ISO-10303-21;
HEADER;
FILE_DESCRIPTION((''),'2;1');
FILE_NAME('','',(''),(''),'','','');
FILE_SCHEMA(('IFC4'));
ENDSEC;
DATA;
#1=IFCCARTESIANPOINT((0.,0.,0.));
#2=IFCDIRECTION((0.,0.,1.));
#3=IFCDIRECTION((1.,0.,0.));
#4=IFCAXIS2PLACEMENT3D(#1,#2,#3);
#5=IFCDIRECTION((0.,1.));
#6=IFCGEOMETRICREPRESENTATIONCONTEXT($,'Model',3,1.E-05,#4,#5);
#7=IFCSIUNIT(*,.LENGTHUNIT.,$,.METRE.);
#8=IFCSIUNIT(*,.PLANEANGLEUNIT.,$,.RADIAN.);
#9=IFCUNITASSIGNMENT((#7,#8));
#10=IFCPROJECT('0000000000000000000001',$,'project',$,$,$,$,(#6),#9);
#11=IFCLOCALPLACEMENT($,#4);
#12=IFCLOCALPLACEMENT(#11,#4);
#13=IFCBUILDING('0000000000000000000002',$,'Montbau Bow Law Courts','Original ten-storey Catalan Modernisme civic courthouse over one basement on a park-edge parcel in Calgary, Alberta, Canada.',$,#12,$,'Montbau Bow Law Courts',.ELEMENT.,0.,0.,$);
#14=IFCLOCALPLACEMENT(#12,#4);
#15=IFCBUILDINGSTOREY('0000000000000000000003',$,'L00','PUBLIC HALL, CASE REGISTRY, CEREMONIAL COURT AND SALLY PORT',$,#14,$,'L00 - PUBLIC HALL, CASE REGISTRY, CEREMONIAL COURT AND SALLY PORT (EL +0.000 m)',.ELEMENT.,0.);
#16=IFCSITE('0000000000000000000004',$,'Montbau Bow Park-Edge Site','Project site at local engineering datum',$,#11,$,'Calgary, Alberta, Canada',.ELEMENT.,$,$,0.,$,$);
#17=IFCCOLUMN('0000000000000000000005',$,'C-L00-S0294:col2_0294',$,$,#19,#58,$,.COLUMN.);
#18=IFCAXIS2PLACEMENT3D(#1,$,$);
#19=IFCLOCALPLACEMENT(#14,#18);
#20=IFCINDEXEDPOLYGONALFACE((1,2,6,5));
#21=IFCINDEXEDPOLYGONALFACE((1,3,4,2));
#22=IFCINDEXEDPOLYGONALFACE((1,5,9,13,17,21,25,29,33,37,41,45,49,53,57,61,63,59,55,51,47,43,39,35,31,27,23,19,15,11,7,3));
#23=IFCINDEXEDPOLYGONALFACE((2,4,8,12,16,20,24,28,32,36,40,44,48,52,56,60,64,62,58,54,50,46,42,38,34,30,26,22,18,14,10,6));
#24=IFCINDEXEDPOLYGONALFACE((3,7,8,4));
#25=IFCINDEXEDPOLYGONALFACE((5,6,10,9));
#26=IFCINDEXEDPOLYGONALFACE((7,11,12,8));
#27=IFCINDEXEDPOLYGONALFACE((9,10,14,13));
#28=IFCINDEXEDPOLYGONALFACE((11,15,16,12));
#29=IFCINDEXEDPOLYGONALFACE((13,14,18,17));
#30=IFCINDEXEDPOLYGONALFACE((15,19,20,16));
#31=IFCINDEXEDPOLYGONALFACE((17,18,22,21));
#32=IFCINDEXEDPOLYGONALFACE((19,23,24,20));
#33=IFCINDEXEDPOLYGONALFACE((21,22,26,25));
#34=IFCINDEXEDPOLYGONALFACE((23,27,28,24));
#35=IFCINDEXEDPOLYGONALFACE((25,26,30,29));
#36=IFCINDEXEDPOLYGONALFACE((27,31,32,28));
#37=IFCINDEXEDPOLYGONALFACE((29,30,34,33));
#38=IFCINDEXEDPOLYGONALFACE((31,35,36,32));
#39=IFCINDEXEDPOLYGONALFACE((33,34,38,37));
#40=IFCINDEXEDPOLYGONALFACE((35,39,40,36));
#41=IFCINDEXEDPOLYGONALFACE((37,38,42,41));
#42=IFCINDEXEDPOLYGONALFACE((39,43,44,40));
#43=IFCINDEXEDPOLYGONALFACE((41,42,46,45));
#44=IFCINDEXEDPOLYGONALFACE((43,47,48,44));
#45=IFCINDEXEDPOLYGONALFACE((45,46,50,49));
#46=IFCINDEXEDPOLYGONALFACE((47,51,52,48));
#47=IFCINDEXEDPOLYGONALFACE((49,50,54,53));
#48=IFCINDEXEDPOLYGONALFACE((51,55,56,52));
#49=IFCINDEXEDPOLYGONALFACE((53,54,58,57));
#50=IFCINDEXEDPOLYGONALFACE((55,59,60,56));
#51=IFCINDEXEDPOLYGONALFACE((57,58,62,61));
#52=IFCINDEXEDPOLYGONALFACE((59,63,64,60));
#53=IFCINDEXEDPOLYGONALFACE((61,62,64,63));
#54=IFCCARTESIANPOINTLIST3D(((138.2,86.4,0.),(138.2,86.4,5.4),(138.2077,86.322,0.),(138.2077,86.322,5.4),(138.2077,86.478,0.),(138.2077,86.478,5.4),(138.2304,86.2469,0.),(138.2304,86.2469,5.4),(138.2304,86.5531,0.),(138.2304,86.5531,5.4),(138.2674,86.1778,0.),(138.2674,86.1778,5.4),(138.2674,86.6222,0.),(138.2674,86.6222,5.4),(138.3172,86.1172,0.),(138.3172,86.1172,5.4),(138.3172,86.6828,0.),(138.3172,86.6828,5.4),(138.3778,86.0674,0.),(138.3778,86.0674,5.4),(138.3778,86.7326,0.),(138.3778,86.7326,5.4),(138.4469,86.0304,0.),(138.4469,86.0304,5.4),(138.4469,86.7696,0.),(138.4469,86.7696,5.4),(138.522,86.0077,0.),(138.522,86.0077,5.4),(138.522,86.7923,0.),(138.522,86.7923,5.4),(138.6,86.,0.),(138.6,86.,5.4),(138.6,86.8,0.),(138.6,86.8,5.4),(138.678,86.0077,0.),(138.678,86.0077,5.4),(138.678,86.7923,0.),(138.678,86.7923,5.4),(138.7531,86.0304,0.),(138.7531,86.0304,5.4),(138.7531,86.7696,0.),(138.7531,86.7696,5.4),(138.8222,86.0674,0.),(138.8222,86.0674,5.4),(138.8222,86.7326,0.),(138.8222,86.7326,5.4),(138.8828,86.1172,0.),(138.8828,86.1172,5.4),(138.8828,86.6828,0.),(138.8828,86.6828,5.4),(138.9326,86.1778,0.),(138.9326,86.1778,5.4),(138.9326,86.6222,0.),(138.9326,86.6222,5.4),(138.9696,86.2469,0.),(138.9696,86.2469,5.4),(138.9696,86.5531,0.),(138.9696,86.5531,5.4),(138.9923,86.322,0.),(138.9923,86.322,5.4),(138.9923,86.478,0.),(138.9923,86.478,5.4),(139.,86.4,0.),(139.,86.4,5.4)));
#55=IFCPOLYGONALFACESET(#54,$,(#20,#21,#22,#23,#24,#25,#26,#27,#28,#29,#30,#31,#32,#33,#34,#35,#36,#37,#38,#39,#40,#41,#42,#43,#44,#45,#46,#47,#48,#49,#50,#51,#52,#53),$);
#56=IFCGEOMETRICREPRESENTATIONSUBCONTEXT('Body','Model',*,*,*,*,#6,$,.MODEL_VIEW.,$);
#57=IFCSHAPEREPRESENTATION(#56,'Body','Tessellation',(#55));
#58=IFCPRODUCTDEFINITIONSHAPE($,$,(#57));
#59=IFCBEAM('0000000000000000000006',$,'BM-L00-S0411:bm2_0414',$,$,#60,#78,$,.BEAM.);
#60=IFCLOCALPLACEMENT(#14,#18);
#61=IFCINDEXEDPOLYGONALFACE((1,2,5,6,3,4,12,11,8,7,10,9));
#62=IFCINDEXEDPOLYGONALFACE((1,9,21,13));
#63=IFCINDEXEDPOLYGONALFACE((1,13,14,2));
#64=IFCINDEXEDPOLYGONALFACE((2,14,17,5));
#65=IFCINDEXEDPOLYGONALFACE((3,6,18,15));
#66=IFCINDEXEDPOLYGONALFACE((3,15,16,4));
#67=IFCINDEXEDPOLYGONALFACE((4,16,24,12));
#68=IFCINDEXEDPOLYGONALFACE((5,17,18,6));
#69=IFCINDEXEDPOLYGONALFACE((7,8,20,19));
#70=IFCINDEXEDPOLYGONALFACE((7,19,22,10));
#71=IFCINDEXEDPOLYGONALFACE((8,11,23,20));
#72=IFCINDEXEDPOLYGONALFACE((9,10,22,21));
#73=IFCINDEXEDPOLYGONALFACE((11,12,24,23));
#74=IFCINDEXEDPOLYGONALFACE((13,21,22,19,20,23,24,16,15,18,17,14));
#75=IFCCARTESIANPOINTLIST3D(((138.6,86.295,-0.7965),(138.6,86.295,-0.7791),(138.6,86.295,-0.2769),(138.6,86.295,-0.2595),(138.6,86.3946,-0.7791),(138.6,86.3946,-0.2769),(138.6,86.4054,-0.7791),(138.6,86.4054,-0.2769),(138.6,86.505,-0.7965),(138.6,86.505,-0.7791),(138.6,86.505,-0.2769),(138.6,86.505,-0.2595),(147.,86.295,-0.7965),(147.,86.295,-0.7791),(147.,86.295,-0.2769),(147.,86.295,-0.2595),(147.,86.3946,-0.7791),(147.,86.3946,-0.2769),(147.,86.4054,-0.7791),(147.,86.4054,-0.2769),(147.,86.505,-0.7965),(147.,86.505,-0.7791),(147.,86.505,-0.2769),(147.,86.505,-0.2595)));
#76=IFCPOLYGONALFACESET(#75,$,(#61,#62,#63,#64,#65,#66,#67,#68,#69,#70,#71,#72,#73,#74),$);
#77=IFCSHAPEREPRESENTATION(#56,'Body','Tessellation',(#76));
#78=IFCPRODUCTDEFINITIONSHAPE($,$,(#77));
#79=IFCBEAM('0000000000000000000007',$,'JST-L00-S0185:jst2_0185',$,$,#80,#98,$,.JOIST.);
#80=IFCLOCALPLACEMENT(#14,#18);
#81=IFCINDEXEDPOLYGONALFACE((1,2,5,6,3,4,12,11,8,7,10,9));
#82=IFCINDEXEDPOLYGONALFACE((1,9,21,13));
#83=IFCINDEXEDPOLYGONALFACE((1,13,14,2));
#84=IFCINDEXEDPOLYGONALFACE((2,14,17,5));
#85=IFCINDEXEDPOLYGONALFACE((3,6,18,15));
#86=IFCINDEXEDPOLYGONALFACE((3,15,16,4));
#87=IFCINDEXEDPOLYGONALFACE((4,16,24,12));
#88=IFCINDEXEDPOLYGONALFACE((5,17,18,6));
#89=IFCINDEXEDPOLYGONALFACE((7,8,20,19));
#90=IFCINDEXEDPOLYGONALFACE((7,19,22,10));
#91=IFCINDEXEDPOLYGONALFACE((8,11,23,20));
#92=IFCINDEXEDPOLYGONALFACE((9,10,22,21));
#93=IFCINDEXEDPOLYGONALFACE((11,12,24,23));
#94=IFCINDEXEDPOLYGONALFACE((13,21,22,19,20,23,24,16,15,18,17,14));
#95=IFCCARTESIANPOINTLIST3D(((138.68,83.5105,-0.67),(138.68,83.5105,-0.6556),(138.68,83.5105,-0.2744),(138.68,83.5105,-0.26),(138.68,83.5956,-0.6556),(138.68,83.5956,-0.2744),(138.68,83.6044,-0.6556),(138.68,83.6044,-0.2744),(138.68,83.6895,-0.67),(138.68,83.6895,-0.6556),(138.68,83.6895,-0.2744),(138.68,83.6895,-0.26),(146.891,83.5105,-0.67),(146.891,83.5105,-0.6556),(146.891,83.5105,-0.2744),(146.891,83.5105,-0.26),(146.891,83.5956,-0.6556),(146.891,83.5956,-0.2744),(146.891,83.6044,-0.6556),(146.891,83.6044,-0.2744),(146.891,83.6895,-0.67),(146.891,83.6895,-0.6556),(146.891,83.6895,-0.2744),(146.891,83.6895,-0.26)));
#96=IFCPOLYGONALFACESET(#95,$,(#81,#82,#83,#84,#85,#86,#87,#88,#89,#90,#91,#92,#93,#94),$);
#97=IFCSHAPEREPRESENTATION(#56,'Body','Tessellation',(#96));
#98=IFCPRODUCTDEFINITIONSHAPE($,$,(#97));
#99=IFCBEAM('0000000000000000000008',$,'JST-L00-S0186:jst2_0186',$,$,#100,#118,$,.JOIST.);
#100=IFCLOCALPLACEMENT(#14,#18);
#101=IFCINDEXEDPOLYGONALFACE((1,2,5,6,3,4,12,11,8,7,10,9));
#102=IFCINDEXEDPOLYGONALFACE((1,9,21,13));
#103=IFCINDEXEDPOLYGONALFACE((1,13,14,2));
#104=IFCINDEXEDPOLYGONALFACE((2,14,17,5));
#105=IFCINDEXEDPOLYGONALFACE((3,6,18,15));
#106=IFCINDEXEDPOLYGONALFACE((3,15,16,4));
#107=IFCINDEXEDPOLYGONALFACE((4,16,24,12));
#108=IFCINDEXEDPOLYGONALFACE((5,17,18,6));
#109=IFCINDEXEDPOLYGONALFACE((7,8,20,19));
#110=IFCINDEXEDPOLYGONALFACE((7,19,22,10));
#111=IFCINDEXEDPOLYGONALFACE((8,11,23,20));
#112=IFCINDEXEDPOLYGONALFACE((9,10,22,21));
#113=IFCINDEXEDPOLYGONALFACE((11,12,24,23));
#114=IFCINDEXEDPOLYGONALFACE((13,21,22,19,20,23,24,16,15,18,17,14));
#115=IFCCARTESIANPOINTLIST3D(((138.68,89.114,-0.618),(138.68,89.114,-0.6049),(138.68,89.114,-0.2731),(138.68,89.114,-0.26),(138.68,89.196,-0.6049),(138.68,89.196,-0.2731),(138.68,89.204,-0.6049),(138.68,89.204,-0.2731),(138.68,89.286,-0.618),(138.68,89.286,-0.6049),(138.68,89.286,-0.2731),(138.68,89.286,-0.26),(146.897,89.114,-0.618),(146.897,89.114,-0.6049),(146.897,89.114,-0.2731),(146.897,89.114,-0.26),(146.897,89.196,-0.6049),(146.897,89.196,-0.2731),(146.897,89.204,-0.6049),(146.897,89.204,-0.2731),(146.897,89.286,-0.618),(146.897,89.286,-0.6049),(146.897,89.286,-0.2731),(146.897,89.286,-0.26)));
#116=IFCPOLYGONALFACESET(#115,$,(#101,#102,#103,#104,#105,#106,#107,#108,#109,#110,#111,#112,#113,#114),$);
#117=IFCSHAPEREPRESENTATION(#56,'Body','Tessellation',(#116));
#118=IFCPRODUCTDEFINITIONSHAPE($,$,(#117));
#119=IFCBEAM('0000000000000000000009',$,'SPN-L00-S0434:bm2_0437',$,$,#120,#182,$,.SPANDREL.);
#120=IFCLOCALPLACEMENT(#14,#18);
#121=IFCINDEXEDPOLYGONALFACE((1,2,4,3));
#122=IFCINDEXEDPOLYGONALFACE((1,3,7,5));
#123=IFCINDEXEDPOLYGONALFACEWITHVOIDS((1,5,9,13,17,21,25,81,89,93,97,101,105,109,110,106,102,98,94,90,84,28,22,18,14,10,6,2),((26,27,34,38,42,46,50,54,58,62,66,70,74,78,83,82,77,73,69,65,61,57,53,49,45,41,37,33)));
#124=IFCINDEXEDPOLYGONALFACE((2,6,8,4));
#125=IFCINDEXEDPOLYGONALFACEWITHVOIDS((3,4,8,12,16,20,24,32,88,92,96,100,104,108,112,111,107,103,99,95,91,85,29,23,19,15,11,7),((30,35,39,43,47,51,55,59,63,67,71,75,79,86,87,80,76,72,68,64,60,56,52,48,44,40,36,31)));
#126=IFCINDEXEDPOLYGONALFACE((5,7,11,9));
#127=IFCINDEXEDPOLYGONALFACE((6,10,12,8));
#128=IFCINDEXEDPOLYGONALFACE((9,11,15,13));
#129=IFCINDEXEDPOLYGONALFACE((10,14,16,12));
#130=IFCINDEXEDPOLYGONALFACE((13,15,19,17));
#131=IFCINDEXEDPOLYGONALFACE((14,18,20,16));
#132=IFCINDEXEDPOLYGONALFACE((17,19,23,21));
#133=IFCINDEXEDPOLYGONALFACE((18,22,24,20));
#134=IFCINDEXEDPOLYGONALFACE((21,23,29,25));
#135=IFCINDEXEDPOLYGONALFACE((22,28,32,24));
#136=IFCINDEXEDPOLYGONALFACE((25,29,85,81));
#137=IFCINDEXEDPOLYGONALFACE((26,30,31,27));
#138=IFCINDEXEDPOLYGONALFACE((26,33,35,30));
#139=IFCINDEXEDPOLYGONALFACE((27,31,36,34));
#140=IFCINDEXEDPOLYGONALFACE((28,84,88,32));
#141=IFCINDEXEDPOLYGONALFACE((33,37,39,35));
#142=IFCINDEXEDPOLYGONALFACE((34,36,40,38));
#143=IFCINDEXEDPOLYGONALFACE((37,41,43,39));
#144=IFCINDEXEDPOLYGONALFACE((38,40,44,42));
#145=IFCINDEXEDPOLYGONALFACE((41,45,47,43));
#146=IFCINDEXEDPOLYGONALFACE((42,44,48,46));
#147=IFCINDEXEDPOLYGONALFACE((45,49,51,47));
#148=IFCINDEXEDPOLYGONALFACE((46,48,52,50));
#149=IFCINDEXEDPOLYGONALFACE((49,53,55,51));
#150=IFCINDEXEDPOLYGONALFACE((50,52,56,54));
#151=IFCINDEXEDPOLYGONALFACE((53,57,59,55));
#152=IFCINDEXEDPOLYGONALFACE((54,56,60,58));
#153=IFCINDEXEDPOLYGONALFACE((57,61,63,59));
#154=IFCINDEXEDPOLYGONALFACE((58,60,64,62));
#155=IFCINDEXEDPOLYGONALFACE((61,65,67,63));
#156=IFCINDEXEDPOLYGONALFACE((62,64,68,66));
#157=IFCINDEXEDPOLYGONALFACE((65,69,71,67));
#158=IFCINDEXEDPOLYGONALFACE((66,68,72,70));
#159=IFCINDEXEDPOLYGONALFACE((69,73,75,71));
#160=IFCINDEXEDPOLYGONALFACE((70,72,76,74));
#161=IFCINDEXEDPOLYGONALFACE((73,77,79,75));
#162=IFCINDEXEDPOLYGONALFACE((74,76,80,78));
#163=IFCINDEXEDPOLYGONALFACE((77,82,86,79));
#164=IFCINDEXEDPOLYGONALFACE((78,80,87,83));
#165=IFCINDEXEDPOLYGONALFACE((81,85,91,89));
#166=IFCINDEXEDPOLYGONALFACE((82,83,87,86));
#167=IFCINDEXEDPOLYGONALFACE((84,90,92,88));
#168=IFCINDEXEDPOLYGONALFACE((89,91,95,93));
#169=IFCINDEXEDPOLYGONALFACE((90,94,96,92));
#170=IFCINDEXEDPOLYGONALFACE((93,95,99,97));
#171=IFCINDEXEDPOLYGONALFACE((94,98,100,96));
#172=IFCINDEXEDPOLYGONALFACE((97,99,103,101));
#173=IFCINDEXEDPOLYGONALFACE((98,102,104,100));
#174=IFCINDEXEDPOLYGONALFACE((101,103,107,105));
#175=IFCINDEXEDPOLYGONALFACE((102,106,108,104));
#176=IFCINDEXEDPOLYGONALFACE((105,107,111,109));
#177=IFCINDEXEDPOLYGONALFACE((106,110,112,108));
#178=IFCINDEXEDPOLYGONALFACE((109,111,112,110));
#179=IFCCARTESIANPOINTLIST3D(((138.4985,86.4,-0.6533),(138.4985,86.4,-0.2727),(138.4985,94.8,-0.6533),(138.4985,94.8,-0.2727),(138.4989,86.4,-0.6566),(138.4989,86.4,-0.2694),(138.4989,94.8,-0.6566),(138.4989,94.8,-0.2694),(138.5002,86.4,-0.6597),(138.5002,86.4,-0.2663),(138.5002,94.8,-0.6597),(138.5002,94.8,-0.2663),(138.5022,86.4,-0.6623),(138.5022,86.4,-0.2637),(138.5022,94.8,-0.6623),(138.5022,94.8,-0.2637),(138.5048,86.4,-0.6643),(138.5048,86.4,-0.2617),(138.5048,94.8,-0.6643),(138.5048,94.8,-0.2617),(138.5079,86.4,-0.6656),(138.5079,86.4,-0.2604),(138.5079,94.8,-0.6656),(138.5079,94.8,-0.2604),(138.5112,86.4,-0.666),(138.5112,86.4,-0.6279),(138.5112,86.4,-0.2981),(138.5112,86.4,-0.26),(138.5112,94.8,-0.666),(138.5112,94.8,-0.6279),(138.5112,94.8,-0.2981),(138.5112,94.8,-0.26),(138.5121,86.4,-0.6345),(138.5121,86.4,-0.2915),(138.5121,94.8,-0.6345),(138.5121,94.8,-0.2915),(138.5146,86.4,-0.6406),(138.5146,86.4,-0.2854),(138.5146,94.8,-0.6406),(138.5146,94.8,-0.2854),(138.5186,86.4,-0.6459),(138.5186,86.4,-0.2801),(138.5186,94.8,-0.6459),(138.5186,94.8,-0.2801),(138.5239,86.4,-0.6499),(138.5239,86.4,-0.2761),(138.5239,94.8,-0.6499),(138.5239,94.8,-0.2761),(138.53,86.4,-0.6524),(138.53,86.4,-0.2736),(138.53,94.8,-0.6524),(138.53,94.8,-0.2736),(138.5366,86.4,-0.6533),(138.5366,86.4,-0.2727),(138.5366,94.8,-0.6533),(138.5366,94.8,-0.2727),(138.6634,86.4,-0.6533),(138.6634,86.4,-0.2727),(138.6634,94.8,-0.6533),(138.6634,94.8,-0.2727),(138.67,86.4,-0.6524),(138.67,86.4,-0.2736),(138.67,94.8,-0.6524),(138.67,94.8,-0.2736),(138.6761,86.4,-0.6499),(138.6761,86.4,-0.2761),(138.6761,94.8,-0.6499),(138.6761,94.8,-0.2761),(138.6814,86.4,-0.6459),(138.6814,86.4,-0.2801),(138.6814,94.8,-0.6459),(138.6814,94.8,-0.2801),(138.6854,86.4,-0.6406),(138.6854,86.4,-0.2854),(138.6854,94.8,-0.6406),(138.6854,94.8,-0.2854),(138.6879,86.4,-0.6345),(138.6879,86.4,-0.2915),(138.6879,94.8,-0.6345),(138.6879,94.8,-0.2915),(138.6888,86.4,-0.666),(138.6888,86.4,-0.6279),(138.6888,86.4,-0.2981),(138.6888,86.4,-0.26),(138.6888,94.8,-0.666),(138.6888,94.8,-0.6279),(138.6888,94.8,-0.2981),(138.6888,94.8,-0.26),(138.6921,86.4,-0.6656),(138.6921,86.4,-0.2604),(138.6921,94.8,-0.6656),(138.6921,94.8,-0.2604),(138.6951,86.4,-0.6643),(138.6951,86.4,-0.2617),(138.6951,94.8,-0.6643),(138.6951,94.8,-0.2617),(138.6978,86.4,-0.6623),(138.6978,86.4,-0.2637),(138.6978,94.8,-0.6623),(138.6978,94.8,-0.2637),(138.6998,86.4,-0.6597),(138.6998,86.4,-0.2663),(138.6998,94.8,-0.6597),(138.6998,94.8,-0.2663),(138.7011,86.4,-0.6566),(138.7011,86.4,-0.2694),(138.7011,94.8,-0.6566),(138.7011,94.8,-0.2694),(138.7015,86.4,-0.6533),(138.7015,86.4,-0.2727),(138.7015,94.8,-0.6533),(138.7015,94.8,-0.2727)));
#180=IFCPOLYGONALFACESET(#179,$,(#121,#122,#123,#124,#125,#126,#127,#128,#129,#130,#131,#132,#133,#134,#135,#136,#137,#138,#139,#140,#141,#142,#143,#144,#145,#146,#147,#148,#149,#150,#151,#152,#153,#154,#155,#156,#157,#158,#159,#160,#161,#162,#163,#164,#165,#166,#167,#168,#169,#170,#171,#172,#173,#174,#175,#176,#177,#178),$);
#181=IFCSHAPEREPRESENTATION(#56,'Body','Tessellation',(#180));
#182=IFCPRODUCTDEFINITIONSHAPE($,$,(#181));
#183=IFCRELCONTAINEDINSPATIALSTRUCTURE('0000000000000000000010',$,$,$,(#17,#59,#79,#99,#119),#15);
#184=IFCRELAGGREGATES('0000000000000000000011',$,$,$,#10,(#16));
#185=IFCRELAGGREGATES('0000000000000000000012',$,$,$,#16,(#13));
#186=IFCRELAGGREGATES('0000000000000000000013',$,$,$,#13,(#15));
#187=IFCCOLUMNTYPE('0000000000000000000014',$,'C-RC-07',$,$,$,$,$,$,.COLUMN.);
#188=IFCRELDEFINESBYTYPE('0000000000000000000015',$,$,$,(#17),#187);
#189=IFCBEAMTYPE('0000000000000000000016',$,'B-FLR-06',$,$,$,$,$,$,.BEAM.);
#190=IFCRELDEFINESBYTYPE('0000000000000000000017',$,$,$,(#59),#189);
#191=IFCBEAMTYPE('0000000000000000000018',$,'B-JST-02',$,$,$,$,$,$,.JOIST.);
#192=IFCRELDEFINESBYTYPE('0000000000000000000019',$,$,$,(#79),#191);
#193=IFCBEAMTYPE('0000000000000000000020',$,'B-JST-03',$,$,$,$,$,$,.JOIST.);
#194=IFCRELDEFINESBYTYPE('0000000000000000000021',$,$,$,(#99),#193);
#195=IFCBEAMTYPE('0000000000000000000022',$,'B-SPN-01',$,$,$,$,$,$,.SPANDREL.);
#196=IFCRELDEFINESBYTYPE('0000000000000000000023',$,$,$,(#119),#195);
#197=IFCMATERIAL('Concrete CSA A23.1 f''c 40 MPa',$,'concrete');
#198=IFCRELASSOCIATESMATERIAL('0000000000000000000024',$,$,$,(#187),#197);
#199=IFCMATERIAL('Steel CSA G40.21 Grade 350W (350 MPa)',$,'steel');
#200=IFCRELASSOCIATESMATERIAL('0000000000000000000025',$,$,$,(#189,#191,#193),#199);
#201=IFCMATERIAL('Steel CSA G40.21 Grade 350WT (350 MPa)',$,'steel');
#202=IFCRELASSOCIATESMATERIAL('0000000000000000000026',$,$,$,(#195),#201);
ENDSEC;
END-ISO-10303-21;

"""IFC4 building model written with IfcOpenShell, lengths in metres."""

from ifc_helpers import new_model, si_unit, direction, frame, origin_with_axes, origin_2d_with_axis, place, context, subcontext, project, spatial, hollow_rectangle, circle, i_section, extrude, material, material_profile, profile_set, type_object, element, save


model = new_model("IFC4")

# Units and contexts
model_context = context("Model", 3, precision=1e-05, world=origin_with_axes(), true_north=direction((0.0, 1.0)))
body_context = subcontext(model_context, "Body", "Model", "MODEL_VIEW")
ifc_project = project(units=[si_unit("LENGTHUNIT", "METRE"), si_unit("PLANEANGLEUNIT", "RADIAN")], contexts=[model_context])

# Site, building, storey
site_placement = place(None, origin_with_axes())
site = spatial("IfcSite", under=ifc_project, at=site_placement, Name="Montbau Bow Park-Edge Site", Description="Project site at local engineering datum", LongName="Calgary, Alberta, Canada", CompositionType="ELEMENT", RefElevation=0.0)
building_placement = place(site_placement, origin_with_axes())
building = spatial("IfcBuilding", under=site, at=building_placement, Name="Montbau Bow Law Courts", Description="Original ten-storey Catalan Modernisme civic courthouse over one basement on a park-edge parcel in Calgary, Alberta, Canada.", LongName="Montbau Bow Law Courts", CompositionType="ELEMENT", ElevationOfRefHeight=0.0, ElevationOfTerrain=0.0)
storey_placement = place(building_placement, origin_with_axes())
storey = spatial("IfcBuildingStorey", under=building, at=storey_placement, Name="L00", Description="PUBLIC HALL, CASE REGISTRY, CEREMONIAL COURT AND SALLY PORT", LongName="L00 - PUBLIC HALL, CASE REGISTRY, CEREMONIAL COURT AND SALLY PORT (EL +0.000 m)", CompositionType="ELEMENT", Elevation=0.0)

# Column
ifc_material_1 = material(Name="Concrete CSA A23.1 f'c 40 MPa", Category="concrete")
ifc_material_profile_1 = material_profile(ifc_material_1, circle(Radius=0.4, at=origin_2d_with_axis()), Name="RC800D", Category="Main", Priority=0)
ifc_profile_set_1 = profile_set([ifc_material_profile_1], Name="Concrete CSA A23.1 f'c 40 MPa")
column_type = type_object("IfcColumnType", Name="C-RC-07", PredefinedType="COLUMN", material=ifc_profile_set_1)
column_placement = place(None, frame((138.6, 86.4, 0.0), z_axis=(0.0, 0.0, 1.0), x_axis=(1.0, 0.0, 0.0)))
element("IfcColumn", 1, at=column_placement, inside=storey, type_object=column_type, Name="C-L00-S0294:col2_0294", PredefinedType="COLUMN", context=body_context, shape_type="SweptSolid", body=[
    extrude(circle(Radius=0.4, at=origin_2d_with_axis()), origin_with_axes(), (0.0, 0.0, 1.0), 5.4),
])

# Beams
ifc_material_2 = material(Name="Steel CSA G40.21 Grade 350W (350 MPa)", Category="steel")
ifc_material_profile_2 = material_profile(ifc_material_2, i_section(OverallWidth=0.21, OverallDepth=0.537, WebThickness=0.0109, FlangeThickness=0.0174, at=origin_2d_with_axis()), Name="W530X101", Category="Main", Priority=0)
ifc_profile_set_2 = profile_set([ifc_material_profile_2], Name="Steel CSA G40.21 Grade 350W (350 MPa)")
beam_type_1 = type_object("IfcBeamType", Name="B-FLR-06", PredefinedType="BEAM", material=ifc_profile_set_2)
beam_1_placement = place(None, frame((138.6, 86.4, -0.528), z_axis=(1.0, 0.0, 0.0), x_axis=(0.0, 1.0, 0.0)))
element("IfcBeam", 2, at=beam_1_placement, inside=storey, type_object=beam_type_1, Name="BM-L00-S0411:bm2_0414", PredefinedType="BEAM", context=body_context, shape_type="SweptSolid", body=[
    extrude(i_section(OverallWidth=0.21, OverallDepth=0.537, WebThickness=0.0109, FlangeThickness=0.0174, at=origin_2d_with_axis()), origin_with_axes(), (0.0, 0.0, 1.0), 8.4),
])
ifc_material_profile_3 = material_profile(ifc_material_2, i_section(OverallWidth=0.179, OverallDepth=0.41, WebThickness=0.0088, FlangeThickness=0.0144, at=origin_2d_with_axis()), Name="W410X67", Category="Main", Priority=0)
ifc_profile_set_3 = profile_set([ifc_material_profile_3], Name="Steel CSA G40.21 Grade 350W (350 MPa)")
beam_type_2 = type_object("IfcBeamType", Name="B-JST-02", PredefinedType="JOIST", material=ifc_profile_set_3)
beam_2_placement = place(None, frame((138.68, 83.6, -0.465), z_axis=(1.0, 0.0, 0.0), x_axis=(0.0, 1.0, 0.0)))
element("IfcBeam", 3, at=beam_2_placement, inside=storey, type_object=beam_type_2, Name="JST-L00-S0185:jst2_0185", PredefinedType="JOIST", context=body_context, shape_type="SweptSolid", body=[
    extrude(i_section(OverallWidth=0.179, OverallDepth=0.41, WebThickness=0.0088, FlangeThickness=0.0144, at=origin_2d_with_axis()), origin_with_axes(), (0.0, 0.0, 1.0), 8.211),
])
ifc_material_profile_4 = material_profile(ifc_material_2, i_section(OverallWidth=0.172, OverallDepth=0.358, WebThickness=0.0079, FlangeThickness=0.0131, at=origin_2d_with_axis()), Name="W360X57", Category="Main", Priority=0)
ifc_profile_set_4 = profile_set([ifc_material_profile_4], Name="Steel CSA G40.21 Grade 350W (350 MPa)")
beam_type_3 = type_object("IfcBeamType", Name="B-JST-03", PredefinedType="JOIST", material=ifc_profile_set_4)
beam_3_placement = place(None, frame((138.68, 89.2, -0.439), z_axis=(1.0, 0.0, 0.0), x_axis=(0.0, 1.0, 0.0)))
element("IfcBeam", 4, at=beam_3_placement, inside=storey, type_object=beam_type_3, Name="JST-L00-S0186:jst2_0186", PredefinedType="JOIST", context=body_context, shape_type="SweptSolid", body=[
    extrude(i_section(OverallWidth=0.172, OverallDepth=0.358, WebThickness=0.0079, FlangeThickness=0.0131, at=origin_2d_with_axis()), origin_with_axes(), (0.0, 0.0, 1.0), 8.217),
])
ifc_material_3 = material(Name="Steel CSA G40.21 Grade 350WT (350 MPa)", Category="steel")
ifc_material_profile_5 = material_profile(ifc_material_3, hollow_rectangle(XDim=0.203, YDim=0.406, WallThickness=0.0127, InnerFilletRadius=0.0254, OuterFilletRadius=0.0127, at=origin_2d_with_axis()), Name="HSS406X203X13", Category="Main", Priority=0)
ifc_profile_set_5 = profile_set([ifc_material_profile_5], Name="Steel CSA G40.21 Grade 350WT (350 MPa)")
beam_type_4 = type_object("IfcBeamType", Name="B-SPN-01", PredefinedType="SPANDREL", material=ifc_profile_set_5)
beam_4_placement = place(None, frame((138.6, 86.4, -0.463), z_axis=(0.0, 1.0, 0.0), x_axis=(-1.0, 0.0, 0.0)))
element("IfcBeam", 5, at=beam_4_placement, inside=storey, type_object=beam_type_4, Name="SPN-L00-S0434:bm2_0437", PredefinedType="SPANDREL", context=body_context, shape_type="SweptSolid", body=[
    extrude(hollow_rectangle(XDim=0.203, YDim=0.406, WallThickness=0.0127, InnerFilletRadius=0.0254, OuterFilletRadius=0.0127, at=origin_2d_with_axis()), origin_with_axes(), (0.0, 0.0, 1.0), 8.4),
])

save(model, "model.ifc")
